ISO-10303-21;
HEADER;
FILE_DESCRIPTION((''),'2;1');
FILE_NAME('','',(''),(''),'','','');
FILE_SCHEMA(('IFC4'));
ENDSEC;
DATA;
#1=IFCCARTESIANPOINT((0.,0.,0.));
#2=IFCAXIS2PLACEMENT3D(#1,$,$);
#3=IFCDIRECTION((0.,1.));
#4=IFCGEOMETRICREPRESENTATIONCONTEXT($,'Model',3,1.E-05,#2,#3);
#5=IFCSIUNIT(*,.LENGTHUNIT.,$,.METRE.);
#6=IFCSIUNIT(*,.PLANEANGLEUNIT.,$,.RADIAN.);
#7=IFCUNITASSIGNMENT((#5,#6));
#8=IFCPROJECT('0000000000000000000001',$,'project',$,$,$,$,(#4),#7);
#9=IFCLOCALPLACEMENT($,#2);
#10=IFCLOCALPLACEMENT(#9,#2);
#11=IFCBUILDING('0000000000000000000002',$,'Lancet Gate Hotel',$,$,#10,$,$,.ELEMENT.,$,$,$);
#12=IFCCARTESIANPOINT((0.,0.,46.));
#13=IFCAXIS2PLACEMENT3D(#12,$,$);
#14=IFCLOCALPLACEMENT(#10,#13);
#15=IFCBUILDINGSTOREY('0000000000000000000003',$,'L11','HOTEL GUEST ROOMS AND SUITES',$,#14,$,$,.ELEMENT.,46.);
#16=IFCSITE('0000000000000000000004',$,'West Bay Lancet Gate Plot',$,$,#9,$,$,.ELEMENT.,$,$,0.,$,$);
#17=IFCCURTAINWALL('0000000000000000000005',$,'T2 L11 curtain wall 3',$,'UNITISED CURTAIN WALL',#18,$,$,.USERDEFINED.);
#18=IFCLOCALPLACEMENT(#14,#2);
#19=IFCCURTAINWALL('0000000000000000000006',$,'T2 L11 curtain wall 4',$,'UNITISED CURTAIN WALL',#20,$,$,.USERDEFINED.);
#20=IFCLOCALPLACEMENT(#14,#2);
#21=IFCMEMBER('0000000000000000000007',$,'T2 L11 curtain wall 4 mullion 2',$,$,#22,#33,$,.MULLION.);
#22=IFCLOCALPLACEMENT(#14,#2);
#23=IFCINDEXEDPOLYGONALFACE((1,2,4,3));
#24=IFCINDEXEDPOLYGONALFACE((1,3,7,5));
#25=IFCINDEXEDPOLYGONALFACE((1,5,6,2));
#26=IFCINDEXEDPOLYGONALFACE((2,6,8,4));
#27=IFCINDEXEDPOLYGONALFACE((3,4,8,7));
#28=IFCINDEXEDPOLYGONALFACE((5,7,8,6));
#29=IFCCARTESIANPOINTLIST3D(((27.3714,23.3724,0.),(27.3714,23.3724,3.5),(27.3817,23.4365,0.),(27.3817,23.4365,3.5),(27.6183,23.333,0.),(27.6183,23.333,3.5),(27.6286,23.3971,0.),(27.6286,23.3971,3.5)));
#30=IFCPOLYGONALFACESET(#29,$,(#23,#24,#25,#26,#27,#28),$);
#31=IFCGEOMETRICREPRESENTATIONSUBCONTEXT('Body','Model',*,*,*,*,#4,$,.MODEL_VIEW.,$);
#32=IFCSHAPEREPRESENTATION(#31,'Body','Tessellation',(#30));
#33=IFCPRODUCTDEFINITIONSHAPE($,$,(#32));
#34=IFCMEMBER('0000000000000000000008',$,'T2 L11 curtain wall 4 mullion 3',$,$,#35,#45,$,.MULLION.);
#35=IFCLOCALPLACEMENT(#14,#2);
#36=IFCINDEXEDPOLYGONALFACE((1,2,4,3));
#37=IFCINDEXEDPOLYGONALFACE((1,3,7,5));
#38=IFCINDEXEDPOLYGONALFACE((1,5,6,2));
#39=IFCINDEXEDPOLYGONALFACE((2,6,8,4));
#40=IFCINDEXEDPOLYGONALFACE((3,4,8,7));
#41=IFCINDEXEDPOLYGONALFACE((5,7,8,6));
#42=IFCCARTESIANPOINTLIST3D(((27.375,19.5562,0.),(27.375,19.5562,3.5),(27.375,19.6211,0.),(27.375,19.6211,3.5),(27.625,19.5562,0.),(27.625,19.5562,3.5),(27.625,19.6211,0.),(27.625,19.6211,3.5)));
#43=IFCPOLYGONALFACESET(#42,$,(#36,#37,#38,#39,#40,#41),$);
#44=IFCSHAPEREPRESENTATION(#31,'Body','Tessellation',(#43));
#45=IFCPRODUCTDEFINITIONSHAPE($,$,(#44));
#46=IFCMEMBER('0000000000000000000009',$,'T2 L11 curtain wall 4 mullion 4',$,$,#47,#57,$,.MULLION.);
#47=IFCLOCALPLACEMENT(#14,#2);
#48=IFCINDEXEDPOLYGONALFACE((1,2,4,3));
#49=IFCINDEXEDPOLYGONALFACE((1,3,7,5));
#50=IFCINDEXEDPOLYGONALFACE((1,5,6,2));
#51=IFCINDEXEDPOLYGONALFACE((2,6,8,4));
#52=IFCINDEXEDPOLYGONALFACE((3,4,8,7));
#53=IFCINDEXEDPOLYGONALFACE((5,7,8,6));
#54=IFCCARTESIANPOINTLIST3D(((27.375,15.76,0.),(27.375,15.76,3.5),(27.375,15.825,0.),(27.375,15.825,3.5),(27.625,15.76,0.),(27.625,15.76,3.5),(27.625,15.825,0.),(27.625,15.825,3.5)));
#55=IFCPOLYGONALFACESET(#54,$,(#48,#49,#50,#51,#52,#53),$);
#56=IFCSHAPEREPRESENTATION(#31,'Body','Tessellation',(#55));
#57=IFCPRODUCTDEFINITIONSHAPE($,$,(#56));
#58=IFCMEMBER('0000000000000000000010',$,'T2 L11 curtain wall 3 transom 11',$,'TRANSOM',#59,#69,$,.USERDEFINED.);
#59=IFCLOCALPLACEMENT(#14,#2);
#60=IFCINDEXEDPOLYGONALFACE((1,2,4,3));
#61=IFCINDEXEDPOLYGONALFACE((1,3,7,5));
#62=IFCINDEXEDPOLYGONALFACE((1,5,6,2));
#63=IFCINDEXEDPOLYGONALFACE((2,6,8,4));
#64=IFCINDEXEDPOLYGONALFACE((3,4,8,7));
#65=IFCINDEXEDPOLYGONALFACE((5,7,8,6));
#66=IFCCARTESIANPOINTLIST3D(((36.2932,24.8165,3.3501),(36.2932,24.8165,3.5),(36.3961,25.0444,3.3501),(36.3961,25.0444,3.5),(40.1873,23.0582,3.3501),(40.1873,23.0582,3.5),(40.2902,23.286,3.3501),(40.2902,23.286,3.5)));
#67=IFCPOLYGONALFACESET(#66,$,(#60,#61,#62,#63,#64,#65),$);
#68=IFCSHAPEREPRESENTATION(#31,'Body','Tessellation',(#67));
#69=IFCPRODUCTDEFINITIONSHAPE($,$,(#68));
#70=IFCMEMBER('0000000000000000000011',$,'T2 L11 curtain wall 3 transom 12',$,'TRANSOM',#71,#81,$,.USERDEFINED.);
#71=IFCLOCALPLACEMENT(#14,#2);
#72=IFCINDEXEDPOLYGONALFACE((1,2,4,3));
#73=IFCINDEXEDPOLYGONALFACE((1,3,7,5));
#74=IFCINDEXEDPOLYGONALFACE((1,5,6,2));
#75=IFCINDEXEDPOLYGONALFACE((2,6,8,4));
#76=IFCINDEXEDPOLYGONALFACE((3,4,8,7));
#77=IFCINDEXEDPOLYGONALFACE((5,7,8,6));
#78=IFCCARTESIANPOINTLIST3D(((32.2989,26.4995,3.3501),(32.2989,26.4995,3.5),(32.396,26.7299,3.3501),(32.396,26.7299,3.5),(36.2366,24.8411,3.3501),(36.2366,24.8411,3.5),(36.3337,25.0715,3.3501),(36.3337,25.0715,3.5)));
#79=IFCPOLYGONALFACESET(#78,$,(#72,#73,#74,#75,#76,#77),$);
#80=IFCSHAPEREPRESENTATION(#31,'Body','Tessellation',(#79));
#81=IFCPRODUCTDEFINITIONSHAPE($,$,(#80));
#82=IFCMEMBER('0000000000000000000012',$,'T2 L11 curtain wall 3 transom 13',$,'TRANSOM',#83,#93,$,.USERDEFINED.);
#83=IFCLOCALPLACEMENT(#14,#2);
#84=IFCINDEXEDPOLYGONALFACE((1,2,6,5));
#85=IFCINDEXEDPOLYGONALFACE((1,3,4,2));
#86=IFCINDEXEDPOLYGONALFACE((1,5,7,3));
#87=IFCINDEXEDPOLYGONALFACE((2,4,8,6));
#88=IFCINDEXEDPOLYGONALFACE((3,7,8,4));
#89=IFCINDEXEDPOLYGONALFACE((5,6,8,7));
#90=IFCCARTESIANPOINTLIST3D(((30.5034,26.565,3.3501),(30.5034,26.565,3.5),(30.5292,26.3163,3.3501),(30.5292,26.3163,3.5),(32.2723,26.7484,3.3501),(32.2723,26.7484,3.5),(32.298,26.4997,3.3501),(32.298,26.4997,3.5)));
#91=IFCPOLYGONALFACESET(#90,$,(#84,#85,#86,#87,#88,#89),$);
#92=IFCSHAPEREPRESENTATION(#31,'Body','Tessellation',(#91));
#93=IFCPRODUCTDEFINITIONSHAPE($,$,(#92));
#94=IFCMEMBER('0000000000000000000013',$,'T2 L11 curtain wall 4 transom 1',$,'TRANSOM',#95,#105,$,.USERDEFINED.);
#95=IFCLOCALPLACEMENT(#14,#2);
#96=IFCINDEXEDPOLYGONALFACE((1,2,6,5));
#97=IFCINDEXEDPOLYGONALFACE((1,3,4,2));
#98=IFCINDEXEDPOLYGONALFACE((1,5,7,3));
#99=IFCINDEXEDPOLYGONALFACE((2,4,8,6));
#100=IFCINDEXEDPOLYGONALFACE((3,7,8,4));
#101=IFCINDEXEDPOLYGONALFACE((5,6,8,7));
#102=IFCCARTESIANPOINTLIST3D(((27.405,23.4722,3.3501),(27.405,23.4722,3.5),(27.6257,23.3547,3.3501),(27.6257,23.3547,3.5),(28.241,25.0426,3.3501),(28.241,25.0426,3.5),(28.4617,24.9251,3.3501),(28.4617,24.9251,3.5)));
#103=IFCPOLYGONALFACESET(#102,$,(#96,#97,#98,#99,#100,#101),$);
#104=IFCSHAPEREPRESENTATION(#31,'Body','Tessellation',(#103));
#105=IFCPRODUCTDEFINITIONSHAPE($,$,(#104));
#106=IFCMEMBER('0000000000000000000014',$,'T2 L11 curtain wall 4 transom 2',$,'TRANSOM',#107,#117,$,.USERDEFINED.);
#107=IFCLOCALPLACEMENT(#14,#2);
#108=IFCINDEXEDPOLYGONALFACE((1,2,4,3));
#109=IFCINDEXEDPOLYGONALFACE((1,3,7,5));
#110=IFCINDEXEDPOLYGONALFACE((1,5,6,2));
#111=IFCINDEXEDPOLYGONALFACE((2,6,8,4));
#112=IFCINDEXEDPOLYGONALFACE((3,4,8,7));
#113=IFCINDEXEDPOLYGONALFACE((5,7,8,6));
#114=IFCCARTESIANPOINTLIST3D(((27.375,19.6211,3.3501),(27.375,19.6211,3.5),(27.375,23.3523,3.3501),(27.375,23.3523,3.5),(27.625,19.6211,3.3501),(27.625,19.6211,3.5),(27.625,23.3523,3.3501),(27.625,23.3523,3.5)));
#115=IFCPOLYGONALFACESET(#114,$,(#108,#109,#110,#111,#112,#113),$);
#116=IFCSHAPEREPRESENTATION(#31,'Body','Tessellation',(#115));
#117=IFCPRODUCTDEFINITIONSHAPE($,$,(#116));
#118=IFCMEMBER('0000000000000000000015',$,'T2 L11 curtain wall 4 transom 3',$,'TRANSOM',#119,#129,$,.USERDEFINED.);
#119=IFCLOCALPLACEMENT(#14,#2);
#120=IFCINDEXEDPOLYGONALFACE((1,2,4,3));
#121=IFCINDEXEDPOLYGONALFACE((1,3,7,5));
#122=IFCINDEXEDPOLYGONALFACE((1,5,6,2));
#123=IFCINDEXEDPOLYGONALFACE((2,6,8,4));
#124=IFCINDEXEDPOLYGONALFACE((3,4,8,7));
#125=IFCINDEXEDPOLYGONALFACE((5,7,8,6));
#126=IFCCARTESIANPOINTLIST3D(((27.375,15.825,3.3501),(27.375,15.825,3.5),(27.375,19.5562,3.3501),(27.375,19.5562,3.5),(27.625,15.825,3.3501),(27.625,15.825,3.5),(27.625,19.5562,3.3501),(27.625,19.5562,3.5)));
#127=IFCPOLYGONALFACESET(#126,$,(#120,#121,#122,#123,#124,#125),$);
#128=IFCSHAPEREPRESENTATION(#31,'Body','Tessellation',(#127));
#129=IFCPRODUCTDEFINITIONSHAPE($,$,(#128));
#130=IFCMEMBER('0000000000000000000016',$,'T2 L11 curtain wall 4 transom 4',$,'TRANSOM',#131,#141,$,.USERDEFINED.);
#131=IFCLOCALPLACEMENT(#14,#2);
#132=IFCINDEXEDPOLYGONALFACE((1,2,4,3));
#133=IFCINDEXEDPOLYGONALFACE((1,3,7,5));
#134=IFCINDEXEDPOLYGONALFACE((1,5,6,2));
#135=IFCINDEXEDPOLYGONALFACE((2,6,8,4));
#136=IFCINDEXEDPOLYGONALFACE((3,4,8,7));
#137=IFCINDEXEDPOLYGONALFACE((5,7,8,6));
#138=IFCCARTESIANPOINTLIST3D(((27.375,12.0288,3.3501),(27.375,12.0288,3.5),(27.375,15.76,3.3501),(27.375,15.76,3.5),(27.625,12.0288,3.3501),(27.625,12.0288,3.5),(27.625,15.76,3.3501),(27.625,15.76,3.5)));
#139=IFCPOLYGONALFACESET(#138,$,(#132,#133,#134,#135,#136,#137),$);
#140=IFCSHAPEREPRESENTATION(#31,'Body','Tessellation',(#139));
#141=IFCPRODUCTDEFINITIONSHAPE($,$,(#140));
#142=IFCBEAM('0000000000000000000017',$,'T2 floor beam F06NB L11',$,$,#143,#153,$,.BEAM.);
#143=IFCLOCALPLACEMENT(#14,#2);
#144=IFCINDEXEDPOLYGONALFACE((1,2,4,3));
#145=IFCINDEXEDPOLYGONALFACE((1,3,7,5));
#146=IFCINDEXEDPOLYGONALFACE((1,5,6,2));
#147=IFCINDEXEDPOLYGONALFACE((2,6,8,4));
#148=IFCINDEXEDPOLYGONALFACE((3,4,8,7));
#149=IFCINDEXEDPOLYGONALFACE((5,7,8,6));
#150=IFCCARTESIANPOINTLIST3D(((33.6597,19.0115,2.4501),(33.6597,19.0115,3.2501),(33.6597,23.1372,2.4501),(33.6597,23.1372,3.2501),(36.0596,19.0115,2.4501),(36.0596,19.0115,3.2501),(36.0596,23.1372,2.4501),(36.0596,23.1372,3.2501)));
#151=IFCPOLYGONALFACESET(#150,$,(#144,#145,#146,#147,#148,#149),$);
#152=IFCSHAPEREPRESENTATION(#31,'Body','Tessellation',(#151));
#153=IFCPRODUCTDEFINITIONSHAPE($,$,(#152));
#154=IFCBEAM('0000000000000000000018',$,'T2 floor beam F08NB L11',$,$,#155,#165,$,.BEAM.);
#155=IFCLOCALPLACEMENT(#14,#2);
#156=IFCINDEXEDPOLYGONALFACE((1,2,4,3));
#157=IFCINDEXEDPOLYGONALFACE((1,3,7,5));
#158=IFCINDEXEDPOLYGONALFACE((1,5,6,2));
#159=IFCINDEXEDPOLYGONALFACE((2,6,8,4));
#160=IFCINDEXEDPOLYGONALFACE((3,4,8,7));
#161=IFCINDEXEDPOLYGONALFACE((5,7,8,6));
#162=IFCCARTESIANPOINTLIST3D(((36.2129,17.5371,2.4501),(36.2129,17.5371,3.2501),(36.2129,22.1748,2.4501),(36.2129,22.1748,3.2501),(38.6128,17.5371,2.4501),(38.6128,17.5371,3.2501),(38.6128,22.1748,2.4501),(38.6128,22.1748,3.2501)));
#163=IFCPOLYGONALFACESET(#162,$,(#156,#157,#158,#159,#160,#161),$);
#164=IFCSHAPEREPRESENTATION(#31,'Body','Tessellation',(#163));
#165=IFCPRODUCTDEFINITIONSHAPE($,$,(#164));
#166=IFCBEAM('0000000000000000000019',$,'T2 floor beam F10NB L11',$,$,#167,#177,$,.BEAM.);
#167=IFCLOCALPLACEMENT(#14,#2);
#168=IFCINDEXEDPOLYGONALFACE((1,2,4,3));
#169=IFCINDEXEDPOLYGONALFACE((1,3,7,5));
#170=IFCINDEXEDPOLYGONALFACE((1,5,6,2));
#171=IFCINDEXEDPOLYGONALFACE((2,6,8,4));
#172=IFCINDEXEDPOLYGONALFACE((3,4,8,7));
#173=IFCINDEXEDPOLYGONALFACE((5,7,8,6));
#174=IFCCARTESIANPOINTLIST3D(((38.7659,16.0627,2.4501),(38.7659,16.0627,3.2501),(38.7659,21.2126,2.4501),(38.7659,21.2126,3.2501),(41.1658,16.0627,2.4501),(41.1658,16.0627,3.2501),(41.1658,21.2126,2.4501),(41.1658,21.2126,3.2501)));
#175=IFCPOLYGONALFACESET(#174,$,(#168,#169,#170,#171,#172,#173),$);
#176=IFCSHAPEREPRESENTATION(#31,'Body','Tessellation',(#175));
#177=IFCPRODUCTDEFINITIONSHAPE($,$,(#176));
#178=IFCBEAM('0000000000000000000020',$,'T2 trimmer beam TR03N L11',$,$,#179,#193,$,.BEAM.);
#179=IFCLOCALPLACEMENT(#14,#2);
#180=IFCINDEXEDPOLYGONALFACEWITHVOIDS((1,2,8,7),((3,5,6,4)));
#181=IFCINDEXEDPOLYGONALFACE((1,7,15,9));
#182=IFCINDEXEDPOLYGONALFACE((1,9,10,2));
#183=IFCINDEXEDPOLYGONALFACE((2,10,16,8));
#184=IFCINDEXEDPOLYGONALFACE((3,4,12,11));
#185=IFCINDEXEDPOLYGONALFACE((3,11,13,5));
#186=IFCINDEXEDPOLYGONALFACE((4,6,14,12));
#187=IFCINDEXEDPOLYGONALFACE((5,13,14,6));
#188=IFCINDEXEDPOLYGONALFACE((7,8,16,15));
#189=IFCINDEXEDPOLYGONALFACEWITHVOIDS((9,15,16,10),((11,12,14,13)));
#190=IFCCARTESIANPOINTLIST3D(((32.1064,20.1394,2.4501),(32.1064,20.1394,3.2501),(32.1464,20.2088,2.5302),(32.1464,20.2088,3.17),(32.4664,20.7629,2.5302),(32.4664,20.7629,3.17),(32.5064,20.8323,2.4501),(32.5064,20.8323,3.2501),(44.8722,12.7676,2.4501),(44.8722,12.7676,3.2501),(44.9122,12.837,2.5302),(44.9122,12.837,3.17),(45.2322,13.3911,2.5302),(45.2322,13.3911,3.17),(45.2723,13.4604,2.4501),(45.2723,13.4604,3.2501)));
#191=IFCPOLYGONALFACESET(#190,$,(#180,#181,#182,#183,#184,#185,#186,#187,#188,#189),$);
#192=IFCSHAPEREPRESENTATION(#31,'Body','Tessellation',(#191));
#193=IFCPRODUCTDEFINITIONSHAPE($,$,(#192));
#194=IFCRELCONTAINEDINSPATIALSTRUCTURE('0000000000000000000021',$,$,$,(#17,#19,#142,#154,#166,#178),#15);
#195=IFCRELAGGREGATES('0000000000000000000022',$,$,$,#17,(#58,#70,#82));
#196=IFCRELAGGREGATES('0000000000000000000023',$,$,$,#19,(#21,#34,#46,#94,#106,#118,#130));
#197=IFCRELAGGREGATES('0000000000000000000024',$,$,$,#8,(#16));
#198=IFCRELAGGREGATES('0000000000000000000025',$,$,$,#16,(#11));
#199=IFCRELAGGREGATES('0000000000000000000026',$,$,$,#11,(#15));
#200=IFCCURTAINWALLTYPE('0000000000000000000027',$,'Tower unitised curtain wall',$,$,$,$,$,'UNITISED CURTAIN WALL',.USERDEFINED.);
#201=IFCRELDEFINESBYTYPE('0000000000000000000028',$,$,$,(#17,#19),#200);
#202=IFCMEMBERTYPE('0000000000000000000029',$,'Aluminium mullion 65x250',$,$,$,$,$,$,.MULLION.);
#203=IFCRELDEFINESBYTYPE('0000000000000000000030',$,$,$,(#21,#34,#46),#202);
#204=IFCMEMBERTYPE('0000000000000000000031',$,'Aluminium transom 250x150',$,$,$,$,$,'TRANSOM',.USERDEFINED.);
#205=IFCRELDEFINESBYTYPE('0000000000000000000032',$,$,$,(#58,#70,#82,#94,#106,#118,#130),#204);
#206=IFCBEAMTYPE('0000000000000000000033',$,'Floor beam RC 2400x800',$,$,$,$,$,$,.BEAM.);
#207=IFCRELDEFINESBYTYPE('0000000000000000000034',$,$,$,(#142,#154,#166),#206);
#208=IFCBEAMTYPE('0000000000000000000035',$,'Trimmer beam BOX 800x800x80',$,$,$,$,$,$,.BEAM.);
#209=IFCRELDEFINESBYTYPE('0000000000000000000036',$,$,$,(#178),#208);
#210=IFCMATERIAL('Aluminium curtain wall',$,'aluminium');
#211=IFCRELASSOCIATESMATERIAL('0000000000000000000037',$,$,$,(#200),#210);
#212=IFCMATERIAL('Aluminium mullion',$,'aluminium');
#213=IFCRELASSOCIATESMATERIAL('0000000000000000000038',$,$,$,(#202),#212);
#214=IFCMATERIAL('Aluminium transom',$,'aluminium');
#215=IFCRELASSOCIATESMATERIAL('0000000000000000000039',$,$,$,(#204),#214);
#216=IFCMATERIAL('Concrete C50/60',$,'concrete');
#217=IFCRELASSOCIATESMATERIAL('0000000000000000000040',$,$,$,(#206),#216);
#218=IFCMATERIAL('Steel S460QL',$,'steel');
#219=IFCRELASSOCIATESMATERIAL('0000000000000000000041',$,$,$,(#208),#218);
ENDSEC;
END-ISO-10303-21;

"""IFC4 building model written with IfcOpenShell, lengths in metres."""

from ifc_helpers import new_model, si_unit, direction, frame, origin, origin_2d, place, context, subcontext, project, spatial, rectangle, hollow_rectangle, extrude, material, material_profile, profile_set, type_object, element, aggregate, save


model = new_model("IFC4")

# Units and contexts
model_context = context("Model", 3, precision=1e-05, world=origin(), true_north=direction((0.0, 1.0)))
body_context = subcontext(model_context, "Body", "Model", "MODEL_VIEW")
ifc_project = project(units=[si_unit("LENGTHUNIT", "METRE"), si_unit("PLANEANGLEUNIT", "RADIAN")], contexts=[model_context])

# Site, building, storey
site_placement = place(None, origin())
site = spatial("IfcSite", under=ifc_project, at=site_placement, Name="West Bay Lancet Gate Plot", CompositionType="ELEMENT", RefElevation=0.0)
building_placement = place(site_placement, origin())
building = spatial("IfcBuilding", under=site, at=building_placement, Name="Lancet Gate Hotel", CompositionType="ELEMENT")
storey_placement = place(building_placement, frame((0.0, 0.0, 46.0)))
storey = spatial("IfcBuildingStorey", under=building, at=storey_placement, Name="L11", Description="HOTEL GUEST ROOMS AND SUITES", CompositionType="ELEMENT", Elevation=46.0)

# Curtain walls, members
ifc_material_1 = material(Name="Aluminium curtain wall", Category="aluminium")
curtain_wall_type = type_object("IfcCurtainWallType", Name="Tower unitised curtain wall", ElementType="UNITISED CURTAIN WALL", PredefinedType="USERDEFINED", material=ifc_material_1)
curtain_wall_1_placement = place(storey_placement, origin())
curtain_wall_1 = element("IfcCurtainWall", 1, at=curtain_wall_1_placement, inside=storey, type_object=curtain_wall_type, Name="T2 L11 curtain wall 3", ObjectType="UNITISED CURTAIN WALL", PredefinedType="USERDEFINED")
ifc_material_2 = material(Name="Aluminium mullion", Category="aluminium")
ifc_material_profile_1 = material_profile(ifc_material_2, rectangle(XDim=0.0649, YDim=0.25, at=origin_2d()), Name="MULLION 65x250")
ifc_profile_set_1 = profile_set([ifc_material_profile_1], Name="Aluminium mullion")
member_type_1 = type_object("IfcMemberType", Name="Aluminium mullion 65x250", PredefinedType="MULLION", material=ifc_profile_set_1)
curtain_wall_2_placement = place(storey_placement, origin())
curtain_wall_2 = element("IfcCurtainWall", 2, at=curtain_wall_2_placement, inside=storey, type_object=curtain_wall_type, Name="T2 L11 curtain wall 4", ObjectType="UNITISED CURTAIN WALL", PredefinedType="USERDEFINED")
member_1_placement = place(storey_placement, frame((27.5, 23.3848, 0.0), z_axis=(0.0, 0.0, 1.0), x_axis=(-0.157752, -0.987479, 0.0)))
member_1 = element("IfcMember", 3, at=member_1_placement, type_object=member_type_1, Name="T2 L11 curtain wall 4 mullion 2", PredefinedType="MULLION", context=body_context, shape_type="SweptSolid", body=[
    extrude(rectangle(XDim=0.0649, YDim=0.25, at=origin_2d()), origin(), (0.0, 0.0, 1.0), 3.5),
])
member_2_placement = place(storey_placement, frame((27.5, 19.5886, 0.0), z_axis=(0.0, 0.0, 1.0), x_axis=(0.0, -1.0, 0.0)))
member_2 = element("IfcMember", 4, at=member_2_placement, type_object=member_type_1, Name="T2 L11 curtain wall 4 mullion 3", PredefinedType="MULLION", context=body_context, shape_type="SweptSolid", body=[
    extrude(rectangle(XDim=0.0649, YDim=0.25, at=origin_2d()), origin(), (0.0, 0.0, 1.0), 3.5),
])
member_3_placement = place(storey_placement, frame((27.5, 15.7925, 0.0), z_axis=(0.0, 0.0, 1.0), x_axis=(0.0, -1.0, 0.0)))
member_3 = element("IfcMember", 5, at=member_3_placement, type_object=member_type_1, Name="T2 L11 curtain wall 4 mullion 4", PredefinedType="MULLION", context=body_context, shape_type="SweptSolid", body=[
    extrude(rectangle(XDim=0.0649, YDim=0.25, at=origin_2d()), origin(), (0.0, 0.0, 1.0), 3.5),
])

# Members
ifc_material_3 = material(Name="Aluminium transom", Category="aluminium")
ifc_material_profile_2 = material_profile(ifc_material_3, rectangle(XDim=0.25, YDim=0.1499, at=origin_2d()), Name="TRANSOM 250x150")
ifc_profile_set_2 = profile_set([ifc_material_profile_2], Name="Aluminium transom")
member_type_2 = type_object("IfcMemberType", Name="Aluminium transom 250x150", ElementType="TRANSOM", PredefinedType="USERDEFINED", material=ifc_profile_set_2)
member_4_placement = place(storey_placement, frame((40.2388, 23.1721, 3.425), z_axis=(-0.911397, 0.411529, 0.0), x_axis=(-0.411529, -0.911397, 0.0)))
member_4 = element("IfcMember", 6, at=member_4_placement, type_object=member_type_2, Name="T2 L11 curtain wall 3 transom 11", ObjectType="TRANSOM", PredefinedType="USERDEFINED", context=body_context, shape_type="SweptSolid", body=[
    extrude(rectangle(XDim=0.25, YDim=0.1499, at=origin_2d()), origin(), (0.0, 0.0, 1.0), 4.2727),
])
member_5_placement = place(storey_placement, frame((36.2852, 24.9563, 3.425), z_axis=(-0.921598, 0.388146, 0.0), x_axis=(-0.388146, -0.921598, 0.0)))
member_5 = element("IfcMember", 7, at=member_5_placement, type_object=member_type_2, Name="T2 L11 curtain wall 3 transom 12", ObjectType="TRANSOM", PredefinedType="USERDEFINED", context=body_context, shape_type="SweptSolid", body=[
    extrude(rectangle(XDim=0.25, YDim=0.1499, at=origin_2d()), origin(), (0.0, 0.0, 1.0), 4.2727),
])
member_6_placement = place(storey_placement, frame((32.2852, 26.624, 3.425), z_axis=(-0.99467, -0.103105, 0.0), x_axis=(0.103105, -0.99467, 0.0)))
member_6 = element("IfcMember", 8, at=member_6_placement, type_object=member_type_2, Name="T2 L11 curtain wall 3 transom 13", ObjectType="TRANSOM", PredefinedType="USERDEFINED", context=body_context, shape_type="SweptSolid", body=[
    extrude(rectangle(XDim=0.25, YDim=0.1499, at=origin_2d()), origin(), (0.0, 0.0, 1.0), 1.7783),
])
member_7_placement = place(storey_placement, frame((28.3513, 24.9839, 3.425), z_axis=(-0.469904, -0.882717, 0.0), x_axis=(0.882717, -0.469904, 0.0)))
member_7 = element("IfcMember", 9, at=member_7_placement, type_object=member_type_2, Name="T2 L11 curtain wall 4 transom 1", ObjectType="TRANSOM", PredefinedType="USERDEFINED", context=body_context, shape_type="SweptSolid", body=[
    extrude(rectangle(XDim=0.25, YDim=0.1499, at=origin_2d()), origin(), (0.0, 0.0, 1.0), 1.7791),
])
member_8_placement = place(storey_placement, frame((27.5, 23.3523, 3.425), z_axis=(0.0, -1.0, 0.0), x_axis=(1.0, 0.0, 0.0)))
member_8 = element("IfcMember", 10, at=member_8_placement, type_object=member_type_2, Name="T2 L11 curtain wall 4 transom 2", ObjectType="TRANSOM", PredefinedType="USERDEFINED", context=body_context, shape_type="SweptSolid", body=[
    extrude(rectangle(XDim=0.25, YDim=0.1499, at=origin_2d()), origin(), (0.0, 0.0, 1.0), 3.7312),
])
member_9_placement = place(storey_placement, frame((27.5, 19.5562, 3.425), z_axis=(0.0, -1.0, 0.0), x_axis=(1.0, 0.0, 0.0)))
member_9 = element("IfcMember", 11, at=member_9_placement, type_object=member_type_2, Name="T2 L11 curtain wall 4 transom 3", ObjectType="TRANSOM", PredefinedType="USERDEFINED", context=body_context, shape_type="SweptSolid", body=[
    extrude(rectangle(XDim=0.25, YDim=0.1499, at=origin_2d()), origin(), (0.0, 0.0, 1.0), 3.7312),
])
member_10_placement = place(storey_placement, frame((27.5, 15.76, 3.425), z_axis=(0.0, -1.0, 0.0), x_axis=(1.0, 0.0, 0.0)))
member_10 = element("IfcMember", 12, at=member_10_placement, type_object=member_type_2, Name="T2 L11 curtain wall 4 transom 4", ObjectType="TRANSOM", PredefinedType="USERDEFINED", context=body_context, shape_type="SweptSolid", body=[
    extrude(rectangle(XDim=0.25, YDim=0.1499, at=origin_2d()), origin(), (0.0, 0.0, 1.0), 3.7312),
])

# Beams
ifc_material_4 = material(Name="Concrete C50/60", Category="concrete")
ifc_material_profile_3 = material_profile(ifc_material_4, rectangle(XDim=2.3999, YDim=0.8, at=origin_2d()), Name="RC 2400x800")
ifc_profile_set_3 = profile_set([ifc_material_profile_3], Name="Concrete C50/60")
beam_type_1 = type_object("IfcBeamType", Name="Floor beam RC 2400x800", PredefinedType="BEAM", material=ifc_profile_set_3)
beam_1_placement = place(storey_placement, frame((34.8596, 19.0115, 2.8501), z_axis=(0.0, 1.0, 0.0), x_axis=(-1.0, 0.0, 0.0)))
element("IfcBeam", 13, at=beam_1_placement, inside=storey, type_object=beam_type_1, Name="T2 floor beam F06NB L11", PredefinedType="BEAM", context=body_context, shape_type="SweptSolid", body=[
    extrude(rectangle(XDim=2.3999, YDim=0.8, at=origin_2d()), origin(), (0.0, 0.0, 1.0), 4.1257),
])
beam_2_placement = place(storey_placement, frame((37.4128, 17.5371, 2.8501), z_axis=(0.0, 1.0, 0.0), x_axis=(-1.0, 0.0, 0.0)))
element("IfcBeam", 14, at=beam_2_placement, inside=storey, type_object=beam_type_1, Name="T2 floor beam F08NB L11", PredefinedType="BEAM", context=body_context, shape_type="SweptSolid", body=[
    extrude(rectangle(XDim=2.3999, YDim=0.8, at=origin_2d()), origin(), (0.0, 0.0, 1.0), 4.6377),
])
beam_3_placement = place(storey_placement, frame((39.9658, 16.0627, 2.8501), z_axis=(0.0, 1.0, 0.0), x_axis=(-1.0, 0.0, 0.0)))
element("IfcBeam", 15, at=beam_3_placement, inside=storey, type_object=beam_type_1, Name="T2 floor beam F10NB L11", PredefinedType="BEAM", context=body_context, shape_type="SweptSolid", body=[
    extrude(rectangle(XDim=2.3999, YDim=0.8, at=origin_2d()), origin(), (0.0, 0.0, 1.0), 5.1499),
])
ifc_material_5 = material(Name="Steel S460QL", Category="steel")
ifc_material_profile_4 = material_profile(ifc_material_5, hollow_rectangle(XDim=0.8, YDim=0.8, WallThickness=0.0801, at=origin_2d()), Name="BOX 800x800x80")
ifc_profile_set_4 = profile_set([ifc_material_profile_4], Name="Steel S460QL")
beam_type_2 = type_object("IfcBeamType", Name="Trimmer beam BOX 800x800x80", PredefinedType="BEAM", material=ifc_profile_set_4)
beam_4_placement = place(storey_placement, frame((32.3064, 20.4858, 2.8501), z_axis=(0.865983, -0.500074, 0.0), x_axis=(0.500074, 0.865983, 0.0)))
element("IfcBeam", 16, at=beam_4_placement, inside=storey, type_object=beam_type_2, Name="T2 trimmer beam TR03N L11", PredefinedType="BEAM", context=body_context, shape_type="SweptSolid", body=[
    extrude(hollow_rectangle(XDim=0.8, YDim=0.8, WallThickness=0.0801, at=origin_2d()), origin(), (0.0, 0.0, 1.0), 14.7415),
])

aggregate(curtain_wall_1, [member_4, member_5, member_6])
aggregate(curtain_wall_2, [member_1, member_2, member_3, member_7, member_8, member_9, member_10])

save(model, "model.ifc")
